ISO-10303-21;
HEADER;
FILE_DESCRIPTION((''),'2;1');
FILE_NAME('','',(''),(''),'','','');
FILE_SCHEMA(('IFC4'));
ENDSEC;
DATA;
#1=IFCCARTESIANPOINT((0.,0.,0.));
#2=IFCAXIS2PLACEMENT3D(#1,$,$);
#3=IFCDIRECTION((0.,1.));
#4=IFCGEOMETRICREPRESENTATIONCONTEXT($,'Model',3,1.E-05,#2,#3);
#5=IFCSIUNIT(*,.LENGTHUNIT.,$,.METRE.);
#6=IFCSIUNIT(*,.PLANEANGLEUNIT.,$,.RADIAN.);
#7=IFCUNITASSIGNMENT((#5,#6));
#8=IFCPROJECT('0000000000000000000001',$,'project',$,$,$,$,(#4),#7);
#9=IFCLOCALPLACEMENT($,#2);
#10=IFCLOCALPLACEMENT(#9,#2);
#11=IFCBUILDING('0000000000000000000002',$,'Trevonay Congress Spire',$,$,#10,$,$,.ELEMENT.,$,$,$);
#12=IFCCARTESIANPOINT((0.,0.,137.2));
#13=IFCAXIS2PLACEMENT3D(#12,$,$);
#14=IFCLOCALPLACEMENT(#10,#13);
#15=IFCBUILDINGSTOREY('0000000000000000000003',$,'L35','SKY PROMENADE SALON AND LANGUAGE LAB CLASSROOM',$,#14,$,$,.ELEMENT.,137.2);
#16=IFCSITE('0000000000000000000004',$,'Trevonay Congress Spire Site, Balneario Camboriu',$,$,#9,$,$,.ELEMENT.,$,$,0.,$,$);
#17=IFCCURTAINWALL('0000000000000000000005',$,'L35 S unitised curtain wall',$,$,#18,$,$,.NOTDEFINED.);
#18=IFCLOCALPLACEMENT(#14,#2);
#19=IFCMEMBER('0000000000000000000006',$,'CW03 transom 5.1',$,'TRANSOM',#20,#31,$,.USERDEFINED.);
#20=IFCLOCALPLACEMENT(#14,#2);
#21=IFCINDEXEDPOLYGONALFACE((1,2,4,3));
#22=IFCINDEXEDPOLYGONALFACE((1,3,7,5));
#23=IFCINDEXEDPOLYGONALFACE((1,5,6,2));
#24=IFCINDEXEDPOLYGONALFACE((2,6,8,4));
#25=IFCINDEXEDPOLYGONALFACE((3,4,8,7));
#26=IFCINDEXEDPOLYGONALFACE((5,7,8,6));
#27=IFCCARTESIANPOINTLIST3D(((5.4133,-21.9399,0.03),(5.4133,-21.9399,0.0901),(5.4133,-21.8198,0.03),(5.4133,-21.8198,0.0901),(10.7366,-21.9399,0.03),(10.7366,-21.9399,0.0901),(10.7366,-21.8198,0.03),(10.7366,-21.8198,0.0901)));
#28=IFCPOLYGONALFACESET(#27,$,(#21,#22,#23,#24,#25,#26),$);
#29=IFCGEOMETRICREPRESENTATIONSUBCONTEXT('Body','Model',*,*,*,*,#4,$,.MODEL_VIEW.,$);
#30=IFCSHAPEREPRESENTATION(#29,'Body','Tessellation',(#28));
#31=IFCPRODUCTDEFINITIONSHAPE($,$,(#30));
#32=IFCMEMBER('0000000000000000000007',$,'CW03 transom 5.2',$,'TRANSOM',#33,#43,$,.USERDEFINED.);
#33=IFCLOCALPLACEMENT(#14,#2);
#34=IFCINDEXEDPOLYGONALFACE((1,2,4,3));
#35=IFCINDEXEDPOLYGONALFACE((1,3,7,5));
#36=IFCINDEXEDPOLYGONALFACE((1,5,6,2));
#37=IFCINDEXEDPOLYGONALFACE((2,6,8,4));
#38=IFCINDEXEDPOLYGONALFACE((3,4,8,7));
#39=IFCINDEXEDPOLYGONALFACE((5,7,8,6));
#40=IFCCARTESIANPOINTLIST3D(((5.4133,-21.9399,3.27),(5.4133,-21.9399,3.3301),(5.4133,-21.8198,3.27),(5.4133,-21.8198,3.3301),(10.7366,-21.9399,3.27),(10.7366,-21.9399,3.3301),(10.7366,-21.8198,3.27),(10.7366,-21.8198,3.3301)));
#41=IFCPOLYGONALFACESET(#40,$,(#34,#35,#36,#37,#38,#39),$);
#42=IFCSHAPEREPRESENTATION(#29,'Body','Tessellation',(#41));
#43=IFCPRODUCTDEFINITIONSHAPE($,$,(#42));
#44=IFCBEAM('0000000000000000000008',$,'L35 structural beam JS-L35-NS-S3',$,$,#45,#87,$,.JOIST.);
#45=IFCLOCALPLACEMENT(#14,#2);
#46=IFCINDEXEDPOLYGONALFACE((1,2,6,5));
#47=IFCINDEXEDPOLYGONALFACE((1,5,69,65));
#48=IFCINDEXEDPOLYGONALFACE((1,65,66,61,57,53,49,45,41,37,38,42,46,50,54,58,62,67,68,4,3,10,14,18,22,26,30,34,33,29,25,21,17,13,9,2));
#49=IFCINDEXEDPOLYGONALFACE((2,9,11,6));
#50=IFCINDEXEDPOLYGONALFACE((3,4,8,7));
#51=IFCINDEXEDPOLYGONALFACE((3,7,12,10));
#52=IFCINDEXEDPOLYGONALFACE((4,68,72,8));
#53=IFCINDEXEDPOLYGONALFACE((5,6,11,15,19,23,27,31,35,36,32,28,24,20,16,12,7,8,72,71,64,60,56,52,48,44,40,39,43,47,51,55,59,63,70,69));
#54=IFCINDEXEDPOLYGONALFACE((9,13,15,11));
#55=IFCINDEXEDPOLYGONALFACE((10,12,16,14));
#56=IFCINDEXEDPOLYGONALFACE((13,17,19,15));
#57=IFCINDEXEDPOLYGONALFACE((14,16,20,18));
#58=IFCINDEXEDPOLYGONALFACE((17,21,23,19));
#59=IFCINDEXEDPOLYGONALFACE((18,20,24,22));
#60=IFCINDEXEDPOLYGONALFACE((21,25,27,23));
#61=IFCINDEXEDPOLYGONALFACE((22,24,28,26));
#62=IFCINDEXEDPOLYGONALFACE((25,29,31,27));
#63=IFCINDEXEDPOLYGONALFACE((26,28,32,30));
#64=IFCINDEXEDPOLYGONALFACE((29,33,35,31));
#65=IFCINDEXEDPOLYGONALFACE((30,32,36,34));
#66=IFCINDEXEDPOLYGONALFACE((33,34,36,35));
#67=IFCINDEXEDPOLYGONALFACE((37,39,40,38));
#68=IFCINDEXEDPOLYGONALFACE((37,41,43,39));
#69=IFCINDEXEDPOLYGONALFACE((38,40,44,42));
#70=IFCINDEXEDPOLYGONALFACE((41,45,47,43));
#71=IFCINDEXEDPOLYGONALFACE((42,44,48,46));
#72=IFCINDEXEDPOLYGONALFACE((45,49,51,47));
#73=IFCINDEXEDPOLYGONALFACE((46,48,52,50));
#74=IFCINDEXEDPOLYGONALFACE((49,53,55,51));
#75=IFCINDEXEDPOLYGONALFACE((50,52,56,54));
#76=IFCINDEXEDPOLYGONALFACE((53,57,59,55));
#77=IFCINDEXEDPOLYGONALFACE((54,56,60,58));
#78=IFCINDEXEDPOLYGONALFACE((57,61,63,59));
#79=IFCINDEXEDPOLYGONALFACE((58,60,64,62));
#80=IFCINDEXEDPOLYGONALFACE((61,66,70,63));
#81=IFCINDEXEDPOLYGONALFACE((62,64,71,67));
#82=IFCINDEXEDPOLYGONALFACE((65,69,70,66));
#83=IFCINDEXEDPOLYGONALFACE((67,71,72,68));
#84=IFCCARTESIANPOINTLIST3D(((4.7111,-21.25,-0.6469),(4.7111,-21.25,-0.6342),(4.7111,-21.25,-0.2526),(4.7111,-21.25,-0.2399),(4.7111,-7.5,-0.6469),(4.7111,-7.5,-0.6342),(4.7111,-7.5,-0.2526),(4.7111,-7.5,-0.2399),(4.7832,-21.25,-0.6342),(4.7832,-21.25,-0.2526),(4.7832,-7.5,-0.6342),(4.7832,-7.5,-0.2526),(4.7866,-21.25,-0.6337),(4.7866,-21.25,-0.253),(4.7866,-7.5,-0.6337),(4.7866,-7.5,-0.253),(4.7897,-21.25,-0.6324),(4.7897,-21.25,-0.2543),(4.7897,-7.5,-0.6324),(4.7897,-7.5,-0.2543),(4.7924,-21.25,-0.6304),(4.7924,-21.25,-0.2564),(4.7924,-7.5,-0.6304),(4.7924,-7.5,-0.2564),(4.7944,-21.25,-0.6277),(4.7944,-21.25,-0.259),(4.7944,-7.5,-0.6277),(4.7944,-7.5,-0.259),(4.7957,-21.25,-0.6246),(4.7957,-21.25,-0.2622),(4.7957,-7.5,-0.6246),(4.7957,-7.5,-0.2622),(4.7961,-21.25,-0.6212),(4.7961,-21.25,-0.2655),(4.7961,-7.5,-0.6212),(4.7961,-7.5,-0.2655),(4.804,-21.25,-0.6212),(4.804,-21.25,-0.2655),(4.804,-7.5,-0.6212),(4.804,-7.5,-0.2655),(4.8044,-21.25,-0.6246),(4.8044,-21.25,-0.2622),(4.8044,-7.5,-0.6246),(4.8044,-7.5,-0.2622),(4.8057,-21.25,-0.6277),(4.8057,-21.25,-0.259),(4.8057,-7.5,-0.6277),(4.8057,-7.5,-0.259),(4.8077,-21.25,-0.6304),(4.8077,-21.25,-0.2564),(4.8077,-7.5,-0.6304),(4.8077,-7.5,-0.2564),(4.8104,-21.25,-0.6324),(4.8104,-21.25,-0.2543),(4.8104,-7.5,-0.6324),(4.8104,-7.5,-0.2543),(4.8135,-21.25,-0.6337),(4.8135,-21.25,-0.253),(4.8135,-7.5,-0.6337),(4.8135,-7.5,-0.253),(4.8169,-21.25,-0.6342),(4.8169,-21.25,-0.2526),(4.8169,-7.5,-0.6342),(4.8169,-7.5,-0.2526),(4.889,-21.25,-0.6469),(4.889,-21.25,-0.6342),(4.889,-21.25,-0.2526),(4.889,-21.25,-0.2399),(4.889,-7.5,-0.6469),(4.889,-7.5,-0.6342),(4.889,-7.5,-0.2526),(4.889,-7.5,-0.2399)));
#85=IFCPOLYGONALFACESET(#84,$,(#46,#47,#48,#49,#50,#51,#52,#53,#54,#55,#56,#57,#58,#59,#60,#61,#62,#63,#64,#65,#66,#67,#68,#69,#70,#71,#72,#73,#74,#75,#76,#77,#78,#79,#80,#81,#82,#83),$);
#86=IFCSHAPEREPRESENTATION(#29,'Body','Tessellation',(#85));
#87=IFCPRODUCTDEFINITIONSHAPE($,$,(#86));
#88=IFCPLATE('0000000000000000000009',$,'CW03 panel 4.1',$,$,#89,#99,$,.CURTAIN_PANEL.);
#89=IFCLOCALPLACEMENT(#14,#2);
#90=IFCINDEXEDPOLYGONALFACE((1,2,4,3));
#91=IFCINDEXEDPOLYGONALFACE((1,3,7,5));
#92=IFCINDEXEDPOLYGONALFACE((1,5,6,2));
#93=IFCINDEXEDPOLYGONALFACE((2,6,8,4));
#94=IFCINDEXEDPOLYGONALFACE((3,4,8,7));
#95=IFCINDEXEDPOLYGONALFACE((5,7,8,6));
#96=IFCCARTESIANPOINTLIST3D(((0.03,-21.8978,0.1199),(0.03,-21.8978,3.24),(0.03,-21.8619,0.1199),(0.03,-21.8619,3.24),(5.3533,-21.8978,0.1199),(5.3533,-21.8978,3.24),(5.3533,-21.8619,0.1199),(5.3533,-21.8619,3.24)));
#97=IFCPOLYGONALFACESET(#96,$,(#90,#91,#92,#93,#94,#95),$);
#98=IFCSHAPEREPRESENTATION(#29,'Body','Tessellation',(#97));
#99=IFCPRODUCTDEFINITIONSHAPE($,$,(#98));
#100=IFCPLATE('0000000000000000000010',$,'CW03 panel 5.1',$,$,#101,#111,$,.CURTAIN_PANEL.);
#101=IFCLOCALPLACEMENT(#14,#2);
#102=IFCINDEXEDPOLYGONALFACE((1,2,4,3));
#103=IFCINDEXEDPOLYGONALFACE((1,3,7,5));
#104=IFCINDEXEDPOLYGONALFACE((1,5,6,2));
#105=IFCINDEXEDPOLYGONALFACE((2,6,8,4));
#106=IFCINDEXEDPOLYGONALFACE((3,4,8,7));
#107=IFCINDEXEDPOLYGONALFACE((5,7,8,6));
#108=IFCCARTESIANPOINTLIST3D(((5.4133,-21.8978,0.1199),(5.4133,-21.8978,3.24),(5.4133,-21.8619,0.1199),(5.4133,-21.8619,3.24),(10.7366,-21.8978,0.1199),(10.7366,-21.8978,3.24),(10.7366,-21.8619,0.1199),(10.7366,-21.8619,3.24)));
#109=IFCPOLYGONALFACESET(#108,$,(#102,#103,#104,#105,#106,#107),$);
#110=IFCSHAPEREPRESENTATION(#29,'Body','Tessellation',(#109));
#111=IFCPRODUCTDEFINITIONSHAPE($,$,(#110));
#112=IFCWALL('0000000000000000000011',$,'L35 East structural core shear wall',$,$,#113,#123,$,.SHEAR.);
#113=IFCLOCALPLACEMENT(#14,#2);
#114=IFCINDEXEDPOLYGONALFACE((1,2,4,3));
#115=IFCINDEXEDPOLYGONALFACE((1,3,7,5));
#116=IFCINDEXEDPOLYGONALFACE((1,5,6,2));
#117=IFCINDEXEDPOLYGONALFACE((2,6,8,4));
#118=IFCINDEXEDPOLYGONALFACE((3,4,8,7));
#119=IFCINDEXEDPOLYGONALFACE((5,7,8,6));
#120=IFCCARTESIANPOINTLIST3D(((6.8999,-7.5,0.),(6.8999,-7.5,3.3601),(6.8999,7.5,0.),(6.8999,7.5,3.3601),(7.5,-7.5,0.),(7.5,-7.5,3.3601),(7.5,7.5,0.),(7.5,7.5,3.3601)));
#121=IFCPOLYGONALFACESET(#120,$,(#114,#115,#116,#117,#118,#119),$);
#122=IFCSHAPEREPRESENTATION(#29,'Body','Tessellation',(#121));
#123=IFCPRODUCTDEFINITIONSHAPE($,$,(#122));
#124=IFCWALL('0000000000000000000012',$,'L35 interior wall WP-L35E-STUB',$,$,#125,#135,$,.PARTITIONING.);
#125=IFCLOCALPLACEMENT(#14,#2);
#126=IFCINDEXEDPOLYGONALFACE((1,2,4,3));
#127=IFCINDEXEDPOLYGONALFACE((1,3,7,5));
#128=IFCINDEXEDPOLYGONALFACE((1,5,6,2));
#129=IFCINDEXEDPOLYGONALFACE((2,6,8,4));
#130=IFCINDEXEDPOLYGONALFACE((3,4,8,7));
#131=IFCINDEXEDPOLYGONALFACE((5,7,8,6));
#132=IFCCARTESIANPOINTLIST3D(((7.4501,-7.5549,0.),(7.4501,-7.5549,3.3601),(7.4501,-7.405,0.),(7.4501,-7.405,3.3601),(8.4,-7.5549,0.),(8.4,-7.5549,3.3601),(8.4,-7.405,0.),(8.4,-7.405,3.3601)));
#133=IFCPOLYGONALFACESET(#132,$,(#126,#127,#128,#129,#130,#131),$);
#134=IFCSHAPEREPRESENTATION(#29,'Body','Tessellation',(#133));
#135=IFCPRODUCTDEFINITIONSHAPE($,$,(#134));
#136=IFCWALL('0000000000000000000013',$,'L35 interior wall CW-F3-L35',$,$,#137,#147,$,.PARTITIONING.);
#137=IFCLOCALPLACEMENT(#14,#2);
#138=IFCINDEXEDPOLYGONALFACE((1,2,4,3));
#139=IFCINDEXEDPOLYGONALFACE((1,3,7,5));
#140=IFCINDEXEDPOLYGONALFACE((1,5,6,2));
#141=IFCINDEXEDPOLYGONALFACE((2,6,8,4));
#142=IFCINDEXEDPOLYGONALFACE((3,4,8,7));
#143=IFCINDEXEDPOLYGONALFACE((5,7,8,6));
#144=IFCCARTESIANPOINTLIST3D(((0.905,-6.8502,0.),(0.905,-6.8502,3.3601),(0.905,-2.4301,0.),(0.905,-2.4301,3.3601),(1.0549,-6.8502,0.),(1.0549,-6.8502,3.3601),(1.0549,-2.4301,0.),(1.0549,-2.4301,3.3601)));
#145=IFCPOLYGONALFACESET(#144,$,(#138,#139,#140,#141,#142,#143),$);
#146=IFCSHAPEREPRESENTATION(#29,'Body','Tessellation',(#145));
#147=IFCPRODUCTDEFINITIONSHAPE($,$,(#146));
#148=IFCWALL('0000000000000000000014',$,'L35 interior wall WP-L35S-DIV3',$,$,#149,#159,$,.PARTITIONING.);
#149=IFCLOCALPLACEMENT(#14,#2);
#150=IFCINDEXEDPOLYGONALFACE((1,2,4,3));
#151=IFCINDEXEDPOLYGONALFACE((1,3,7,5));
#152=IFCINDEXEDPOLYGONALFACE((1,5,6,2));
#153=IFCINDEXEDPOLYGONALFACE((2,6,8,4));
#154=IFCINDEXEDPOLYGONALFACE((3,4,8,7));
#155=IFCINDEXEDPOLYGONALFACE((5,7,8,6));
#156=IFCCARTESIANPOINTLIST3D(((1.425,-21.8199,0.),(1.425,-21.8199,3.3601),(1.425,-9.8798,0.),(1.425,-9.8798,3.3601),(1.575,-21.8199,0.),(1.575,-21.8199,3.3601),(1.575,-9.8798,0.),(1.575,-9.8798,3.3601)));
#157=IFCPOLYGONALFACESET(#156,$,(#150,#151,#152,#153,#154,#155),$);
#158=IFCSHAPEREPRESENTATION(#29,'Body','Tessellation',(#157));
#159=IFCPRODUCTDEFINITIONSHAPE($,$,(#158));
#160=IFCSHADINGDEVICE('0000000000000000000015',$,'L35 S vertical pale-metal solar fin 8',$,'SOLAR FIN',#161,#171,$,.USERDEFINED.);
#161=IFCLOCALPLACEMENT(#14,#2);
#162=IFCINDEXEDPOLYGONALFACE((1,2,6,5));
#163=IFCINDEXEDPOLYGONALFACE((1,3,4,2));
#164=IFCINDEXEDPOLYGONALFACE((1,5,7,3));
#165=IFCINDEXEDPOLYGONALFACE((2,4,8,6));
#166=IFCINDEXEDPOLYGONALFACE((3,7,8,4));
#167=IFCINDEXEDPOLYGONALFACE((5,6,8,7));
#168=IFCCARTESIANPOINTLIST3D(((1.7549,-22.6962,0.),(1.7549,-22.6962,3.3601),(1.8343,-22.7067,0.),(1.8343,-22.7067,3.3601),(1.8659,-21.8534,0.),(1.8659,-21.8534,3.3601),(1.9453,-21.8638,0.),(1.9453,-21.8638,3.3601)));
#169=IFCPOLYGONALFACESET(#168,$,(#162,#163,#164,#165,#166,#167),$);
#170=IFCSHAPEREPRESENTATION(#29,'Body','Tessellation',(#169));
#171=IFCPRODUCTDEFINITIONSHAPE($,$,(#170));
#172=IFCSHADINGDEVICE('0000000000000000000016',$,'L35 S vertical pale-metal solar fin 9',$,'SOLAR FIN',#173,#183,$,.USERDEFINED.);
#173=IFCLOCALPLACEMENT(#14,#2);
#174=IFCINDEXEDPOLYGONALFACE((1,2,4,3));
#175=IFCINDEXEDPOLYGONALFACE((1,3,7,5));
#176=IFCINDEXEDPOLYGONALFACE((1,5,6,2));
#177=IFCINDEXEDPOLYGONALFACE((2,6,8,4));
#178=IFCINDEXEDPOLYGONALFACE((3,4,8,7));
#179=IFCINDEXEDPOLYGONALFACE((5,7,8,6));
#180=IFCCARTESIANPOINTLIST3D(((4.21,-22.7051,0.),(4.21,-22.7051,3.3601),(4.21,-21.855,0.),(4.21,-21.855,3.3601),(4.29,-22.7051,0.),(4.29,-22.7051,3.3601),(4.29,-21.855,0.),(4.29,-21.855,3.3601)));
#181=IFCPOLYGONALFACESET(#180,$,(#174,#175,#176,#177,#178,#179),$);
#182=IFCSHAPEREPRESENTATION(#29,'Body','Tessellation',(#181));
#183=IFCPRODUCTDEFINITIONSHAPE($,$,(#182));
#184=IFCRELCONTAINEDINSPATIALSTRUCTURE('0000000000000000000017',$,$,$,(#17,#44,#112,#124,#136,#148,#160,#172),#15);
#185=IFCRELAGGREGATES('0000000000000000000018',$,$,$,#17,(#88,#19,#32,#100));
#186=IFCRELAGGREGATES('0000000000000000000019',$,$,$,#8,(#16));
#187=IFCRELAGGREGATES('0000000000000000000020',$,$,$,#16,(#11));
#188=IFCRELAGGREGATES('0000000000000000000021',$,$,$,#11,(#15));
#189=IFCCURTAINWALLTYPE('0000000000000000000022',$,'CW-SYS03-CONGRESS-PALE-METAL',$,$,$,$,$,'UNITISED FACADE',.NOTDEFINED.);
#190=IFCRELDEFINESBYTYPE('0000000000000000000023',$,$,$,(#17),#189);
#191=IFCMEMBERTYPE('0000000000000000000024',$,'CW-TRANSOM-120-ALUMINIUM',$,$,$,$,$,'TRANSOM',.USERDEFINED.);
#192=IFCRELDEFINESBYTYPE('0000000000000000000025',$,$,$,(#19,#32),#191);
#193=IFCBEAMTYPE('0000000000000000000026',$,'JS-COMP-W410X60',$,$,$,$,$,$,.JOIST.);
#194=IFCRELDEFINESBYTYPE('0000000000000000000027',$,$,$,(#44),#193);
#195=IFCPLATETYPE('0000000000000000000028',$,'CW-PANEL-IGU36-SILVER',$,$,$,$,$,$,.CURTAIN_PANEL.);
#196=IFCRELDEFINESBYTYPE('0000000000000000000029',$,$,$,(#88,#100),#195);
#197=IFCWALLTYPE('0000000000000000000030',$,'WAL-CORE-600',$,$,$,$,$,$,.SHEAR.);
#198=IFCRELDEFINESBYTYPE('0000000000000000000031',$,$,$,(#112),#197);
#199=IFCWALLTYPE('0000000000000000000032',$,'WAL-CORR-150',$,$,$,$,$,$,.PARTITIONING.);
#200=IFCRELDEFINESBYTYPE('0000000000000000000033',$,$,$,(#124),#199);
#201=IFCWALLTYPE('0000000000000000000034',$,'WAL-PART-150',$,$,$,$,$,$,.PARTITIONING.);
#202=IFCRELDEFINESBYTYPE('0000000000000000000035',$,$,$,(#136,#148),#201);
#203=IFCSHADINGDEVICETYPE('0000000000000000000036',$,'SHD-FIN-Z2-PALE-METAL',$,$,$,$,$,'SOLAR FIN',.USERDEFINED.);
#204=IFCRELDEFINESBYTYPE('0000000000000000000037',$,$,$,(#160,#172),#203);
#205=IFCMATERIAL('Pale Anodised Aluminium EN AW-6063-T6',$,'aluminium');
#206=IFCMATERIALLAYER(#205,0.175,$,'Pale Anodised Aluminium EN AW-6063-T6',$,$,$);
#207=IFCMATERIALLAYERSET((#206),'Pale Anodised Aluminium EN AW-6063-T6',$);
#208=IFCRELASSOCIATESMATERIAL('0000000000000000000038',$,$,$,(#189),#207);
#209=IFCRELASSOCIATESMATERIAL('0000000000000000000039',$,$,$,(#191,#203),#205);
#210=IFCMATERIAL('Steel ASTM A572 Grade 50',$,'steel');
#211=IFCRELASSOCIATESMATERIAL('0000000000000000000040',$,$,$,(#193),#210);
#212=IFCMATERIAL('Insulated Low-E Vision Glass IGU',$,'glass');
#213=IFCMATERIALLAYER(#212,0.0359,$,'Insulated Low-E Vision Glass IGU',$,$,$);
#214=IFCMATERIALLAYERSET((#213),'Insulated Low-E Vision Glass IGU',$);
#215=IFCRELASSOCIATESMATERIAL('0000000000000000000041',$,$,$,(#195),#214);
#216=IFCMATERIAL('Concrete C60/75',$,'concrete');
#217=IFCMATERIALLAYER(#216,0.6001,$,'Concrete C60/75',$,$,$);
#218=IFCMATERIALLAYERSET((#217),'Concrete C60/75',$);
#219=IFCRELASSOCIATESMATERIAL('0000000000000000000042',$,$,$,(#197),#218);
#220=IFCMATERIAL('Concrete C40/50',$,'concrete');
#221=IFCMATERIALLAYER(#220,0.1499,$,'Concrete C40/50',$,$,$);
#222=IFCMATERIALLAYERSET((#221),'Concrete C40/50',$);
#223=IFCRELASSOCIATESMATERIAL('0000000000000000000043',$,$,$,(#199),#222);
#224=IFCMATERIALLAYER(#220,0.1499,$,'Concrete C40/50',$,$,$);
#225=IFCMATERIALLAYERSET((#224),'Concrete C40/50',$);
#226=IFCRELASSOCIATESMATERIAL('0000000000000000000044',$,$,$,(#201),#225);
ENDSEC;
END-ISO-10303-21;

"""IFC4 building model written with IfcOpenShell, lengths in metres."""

from ifc_helpers import new_model, si_unit, direction, frame, frame_2d, origin, origin_2d, place, context, subcontext, project, spatial, rectangle, i_section, extrude, material, layer, layer_set, material_profile, profile_set, type_object, element, aggregate, save


model = new_model("IFC4")

# Units and contexts
model_context = context("Model", 3, precision=1e-05, world=origin(), true_north=direction((0.0, 1.0)))
body_context = subcontext(model_context, "Body", "Model", "MODEL_VIEW")
ifc_project = project(units=[si_unit("LENGTHUNIT", "METRE"), si_unit("PLANEANGLEUNIT", "RADIAN")], contexts=[model_context])

# Site, building, storey
site_placement = place(None, origin())
site = spatial("IfcSite", under=ifc_project, at=site_placement, Name="Trevonay Congress Spire Site, Balneario Camboriu", CompositionType="ELEMENT", RefElevation=0.0)
building_placement = place(site_placement, origin())
building = spatial("IfcBuilding", under=site, at=building_placement, Name="Trevonay Congress Spire", CompositionType="ELEMENT")
storey_placement = place(building_placement, frame((0.0, 0.0, 137.2)))
storey = spatial("IfcBuildingStorey", under=building, at=storey_placement, Name="L35", Description="SKY PROMENADE SALON AND LANGUAGE LAB CLASSROOM", CompositionType="ELEMENT", Elevation=137.2)

# Shared definitions
ifc_material_1 = material(Name="Steel ASTM A572 Grade 50", Category="steel")

# Curtain wall, members
ifc_material_2 = material(Name="Pale Anodised Aluminium EN AW-6063-T6", Category="aluminium")
ifc_layer_1 = layer(ifc_material_2, 0.175, Name="Pale Anodised Aluminium EN AW-6063-T6")
ifc_layer_set_1 = layer_set([ifc_layer_1], Name="Pale Anodised Aluminium EN AW-6063-T6")
curtain_wall_type = type_object("IfcCurtainWallType", Name="CW-SYS03-CONGRESS-PALE-METAL", ElementType="UNITISED FACADE", PredefinedType="NOTDEFINED", material=ifc_layer_set_1)
curtain_wall_placement = place(storey_placement, origin())
curtain_wall = element("IfcCurtainWall", 1, at=curtain_wall_placement, inside=storey, type_object=curtain_wall_type, Name="L35 S unitised curtain wall", PredefinedType="NOTDEFINED")
ifc_material_profile_1 = material_profile(ifc_material_2, rectangle(XDim=0.1201, YDim=0.0601, at=origin_2d()), Name="CW-TRANSOM-120-ALUMINIUM")
ifc_profile_set_1 = profile_set([ifc_material_profile_1], Name="Pale Anodised Aluminium EN AW-6063-T6")
member_type_1 = type_object("IfcMemberType", Name="CW-TRANSOM-120-ALUMINIUM", ElementType="TRANSOM", PredefinedType="USERDEFINED", material=ifc_profile_set_1)
member_1_placement = place(storey_placement, frame((5.4133, -21.8799, 0.0601), z_axis=(1.0, 0.0, 0.0), x_axis=(0.0, 1.0, 0.0)))
member_1 = element("IfcMember", 2, at=member_1_placement, type_object=member_type_1, Name="CW03 transom 5.1", ObjectType="TRANSOM", PredefinedType="USERDEFINED", context=body_context, shape_type="SweptSolid", body=[
    extrude(rectangle(XDim=0.1201, YDim=0.0601, at=origin_2d()), origin(), (0.0, 0.0, 1.0), 5.3232),
])
member_2_placement = place(storey_placement, frame((5.4133, -21.8799, 3.3), z_axis=(1.0, 0.0, 0.0), x_axis=(0.0, 1.0, 0.0)))
member_2 = element("IfcMember", 3, at=member_2_placement, type_object=member_type_1, Name="CW03 transom 5.2", ObjectType="TRANSOM", PredefinedType="USERDEFINED", context=body_context, shape_type="SweptSolid", body=[
    extrude(rectangle(XDim=0.1201, YDim=0.0601, at=origin_2d()), origin(), (0.0, 0.0, 1.0), 5.3232),
])

# Beam
ifc_material_profile_2 = material_profile(ifc_material_1, i_section(OverallWidth=0.178, OverallDepth=0.407, WebThickness=0.0078, FlangeThickness=0.0127, FilletRadius=0.0129, at=origin_2d()), Name="W410x60")
ifc_profile_set_2 = profile_set([ifc_material_profile_2], Name="Steel ASTM A572 Grade 50")
beam_type_1 = type_object("IfcBeamType", Name="JS-COMP-W410X60", PredefinedType="JOIST", material=ifc_profile_set_2)
beam_1_placement = place(storey_placement, frame((4.8, -21.25, -0.4434), z_axis=(0.0, 1.0, 0.0), x_axis=(-1.0, 0.0, 0.0)))
element("IfcBeam", 4, at=beam_1_placement, inside=storey, type_object=beam_type_1, Name="L35 structural beam JS-L35-NS-S3", PredefinedType="JOIST", context=body_context, shape_type="SweptSolid", body=[
    extrude(i_section(OverallWidth=0.178, OverallDepth=0.407, WebThickness=0.0078, FlangeThickness=0.0127, FilletRadius=0.0129, at=origin_2d()), origin(), (0.0, 0.0, 1.0), 13.75),
])

# Plates
ifc_material_3 = material(Name="Insulated Low-E Vision Glass IGU", Category="glass")
ifc_layer_2 = layer(ifc_material_3, 0.0359, Name="Insulated Low-E Vision Glass IGU")
ifc_layer_set_2 = layer_set([ifc_layer_2], Name="Insulated Low-E Vision Glass IGU")
plate_type = type_object("IfcPlateType", Name="CW-PANEL-IGU36-SILVER", PredefinedType="CURTAIN_PANEL", material=ifc_layer_set_2)
plate_1_placement = place(storey_placement, frame((2.6917, -21.8799, 0.1199), z_axis=(0.0, 0.0, 1.0), x_axis=(1.0, 0.0, 0.0)))
plate_1 = element("IfcPlate", 5, at=plate_1_placement, type_object=plate_type, Name="CW03 panel 4.1", PredefinedType="CURTAIN_PANEL", context=body_context, shape_type="SweptSolid", body=[
    extrude(rectangle(XDim=5.3232, YDim=0.0359, at=origin_2d()), origin(), (0.0, 0.0, 1.0), 3.1201),
])
plate_2_placement = place(storey_placement, frame((8.075, -21.8799, 0.1199), z_axis=(0.0, 0.0, 1.0), x_axis=(1.0, 0.0, 0.0)))
plate_2 = element("IfcPlate", 6, at=plate_2_placement, type_object=plate_type, Name="CW03 panel 5.1", PredefinedType="CURTAIN_PANEL", context=body_context, shape_type="SweptSolid", body=[
    extrude(rectangle(XDim=5.3232, YDim=0.0359, at=origin_2d()), origin(), (0.0, 0.0, 1.0), 3.1201),
])
aggregate(curtain_wall, [plate_1, member_1, member_2, plate_2])

# Walls
ifc_material_4 = material(Name="Concrete C60/75", Category="concrete")
ifc_layer_3 = layer(ifc_material_4, 0.6001, Name="Concrete C60/75")
ifc_layer_set_3 = layer_set([ifc_layer_3], Name="Concrete C60/75")
wall_type_1 = type_object("IfcWallType", Name="WAL-CORE-600", PredefinedType="SHEAR", material=ifc_layer_set_3)
wall_1_placement = place(storey_placement, frame((7.2, -7.5, 0.0), z_axis=(0.0, 0.0, 1.0), x_axis=(0.0, 1.0, 0.0)))
element("IfcWall", 7, at=wall_1_placement, inside=storey, type_object=wall_type_1, Name="L35 East structural core shear wall", PredefinedType="SHEAR", context=body_context, shape_type="SweptSolid", body=[
    extrude(rectangle(XDim=15.0, YDim=0.6001, at=frame_2d((7.5, 0.0))), origin(), (0.0, 0.0, 1.0), 3.3601),
])
ifc_material_5 = material(Name="Concrete C40/50", Category="concrete")
ifc_layer_4 = layer(ifc_material_5, 0.1499, Name="Concrete C40/50")
ifc_layer_set_4 = layer_set([ifc_layer_4], Name="Concrete C40/50")
wall_type_2 = type_object("IfcWallType", Name="WAL-CORR-150", PredefinedType="PARTITIONING", material=ifc_layer_set_4)
wall_2_placement = place(storey_placement, frame((7.45, -7.48, 0.0), z_axis=(0.0, 0.0, 1.0), x_axis=(1.0, 0.0, 0.0)))
element("IfcWall", 8, at=wall_2_placement, inside=storey, type_object=wall_type_2, Name="L35 interior wall WP-L35E-STUB", PredefinedType="PARTITIONING", context=body_context, shape_type="SweptSolid", body=[
    extrude(rectangle(XDim=0.95, YDim=0.1499, at=frame_2d((0.4751, 0.0))), origin(), (0.0, 0.0, 1.0), 3.3601),
])
ifc_layer_5 = layer(ifc_material_5, 0.1499, Name="Concrete C40/50")
ifc_layer_set_5 = layer_set([ifc_layer_5], Name="Concrete C40/50")
wall_type_3 = type_object("IfcWallType", Name="WAL-PART-150", PredefinedType="PARTITIONING", material=ifc_layer_set_5)
wall_3_placement = place(storey_placement, frame((0.98, -6.8501, 0.0), z_axis=(0.0, 0.0, 1.0), x_axis=(0.0, 1.0, 0.0)))
element("IfcWall", 9, at=wall_3_placement, inside=storey, type_object=wall_type_3, Name="L35 interior wall CW-F3-L35", PredefinedType="PARTITIONING", context=body_context, shape_type="SweptSolid", body=[
    extrude(rectangle(XDim=4.4202, YDim=0.1499, at=frame_2d((2.21, 0.0))), origin(), (0.0, 0.0, 1.0), 3.3601),
])
wall_4_placement = place(storey_placement, frame((1.5, -21.8201, 0.0), z_axis=(0.0, 0.0, 1.0), x_axis=(0.0, 1.0, 0.0)))
element("IfcWall", 10, at=wall_4_placement, inside=storey, type_object=wall_type_3, Name="L35 interior wall WP-L35S-DIV3", PredefinedType="PARTITIONING", context=body_context, shape_type="SweptSolid", body=[
    extrude(rectangle(XDim=11.9402, YDim=0.1499, at=frame_2d((5.9702, 0.0))), origin(), (0.0, 0.0, 1.0), 3.3601),
])

# Shading devices
shading_device_type = type_object("IfcShadingDeviceType", Name="SHD-FIN-Z2-PALE-METAL", ElementType="SOLAR FIN", PredefinedType="USERDEFINED", material=ifc_material_2)
for number, where, z_axis, x_axis, name in (
    (11, (1.8501, -22.28, 0.0), (0.0, 0.0, 1.0), (0.991445, -0.130526, 0.0), "L35 S vertical pale-metal solar fin 8"),
    (12, (4.25, -22.28, 0.0), (0.0, 0.0, 1.0), (1.0, 0.0, 0.0), "L35 S vertical pale-metal solar fin 9"),
):
    element("IfcShadingDevice", number, at=place(storey_placement, frame(where, z_axis=z_axis, x_axis=x_axis)), inside=storey, type_object=shading_device_type, Name=name, ObjectType="SOLAR FIN", PredefinedType="USERDEFINED", context=body_context, shape_type="SweptSolid", body=[
        extrude(rectangle(XDim=0.0801, YDim=0.8501, at=origin_2d()), origin(), (0.0, 0.0, 1.0), 3.3601),
    ])

save(model, "model.ifc")
